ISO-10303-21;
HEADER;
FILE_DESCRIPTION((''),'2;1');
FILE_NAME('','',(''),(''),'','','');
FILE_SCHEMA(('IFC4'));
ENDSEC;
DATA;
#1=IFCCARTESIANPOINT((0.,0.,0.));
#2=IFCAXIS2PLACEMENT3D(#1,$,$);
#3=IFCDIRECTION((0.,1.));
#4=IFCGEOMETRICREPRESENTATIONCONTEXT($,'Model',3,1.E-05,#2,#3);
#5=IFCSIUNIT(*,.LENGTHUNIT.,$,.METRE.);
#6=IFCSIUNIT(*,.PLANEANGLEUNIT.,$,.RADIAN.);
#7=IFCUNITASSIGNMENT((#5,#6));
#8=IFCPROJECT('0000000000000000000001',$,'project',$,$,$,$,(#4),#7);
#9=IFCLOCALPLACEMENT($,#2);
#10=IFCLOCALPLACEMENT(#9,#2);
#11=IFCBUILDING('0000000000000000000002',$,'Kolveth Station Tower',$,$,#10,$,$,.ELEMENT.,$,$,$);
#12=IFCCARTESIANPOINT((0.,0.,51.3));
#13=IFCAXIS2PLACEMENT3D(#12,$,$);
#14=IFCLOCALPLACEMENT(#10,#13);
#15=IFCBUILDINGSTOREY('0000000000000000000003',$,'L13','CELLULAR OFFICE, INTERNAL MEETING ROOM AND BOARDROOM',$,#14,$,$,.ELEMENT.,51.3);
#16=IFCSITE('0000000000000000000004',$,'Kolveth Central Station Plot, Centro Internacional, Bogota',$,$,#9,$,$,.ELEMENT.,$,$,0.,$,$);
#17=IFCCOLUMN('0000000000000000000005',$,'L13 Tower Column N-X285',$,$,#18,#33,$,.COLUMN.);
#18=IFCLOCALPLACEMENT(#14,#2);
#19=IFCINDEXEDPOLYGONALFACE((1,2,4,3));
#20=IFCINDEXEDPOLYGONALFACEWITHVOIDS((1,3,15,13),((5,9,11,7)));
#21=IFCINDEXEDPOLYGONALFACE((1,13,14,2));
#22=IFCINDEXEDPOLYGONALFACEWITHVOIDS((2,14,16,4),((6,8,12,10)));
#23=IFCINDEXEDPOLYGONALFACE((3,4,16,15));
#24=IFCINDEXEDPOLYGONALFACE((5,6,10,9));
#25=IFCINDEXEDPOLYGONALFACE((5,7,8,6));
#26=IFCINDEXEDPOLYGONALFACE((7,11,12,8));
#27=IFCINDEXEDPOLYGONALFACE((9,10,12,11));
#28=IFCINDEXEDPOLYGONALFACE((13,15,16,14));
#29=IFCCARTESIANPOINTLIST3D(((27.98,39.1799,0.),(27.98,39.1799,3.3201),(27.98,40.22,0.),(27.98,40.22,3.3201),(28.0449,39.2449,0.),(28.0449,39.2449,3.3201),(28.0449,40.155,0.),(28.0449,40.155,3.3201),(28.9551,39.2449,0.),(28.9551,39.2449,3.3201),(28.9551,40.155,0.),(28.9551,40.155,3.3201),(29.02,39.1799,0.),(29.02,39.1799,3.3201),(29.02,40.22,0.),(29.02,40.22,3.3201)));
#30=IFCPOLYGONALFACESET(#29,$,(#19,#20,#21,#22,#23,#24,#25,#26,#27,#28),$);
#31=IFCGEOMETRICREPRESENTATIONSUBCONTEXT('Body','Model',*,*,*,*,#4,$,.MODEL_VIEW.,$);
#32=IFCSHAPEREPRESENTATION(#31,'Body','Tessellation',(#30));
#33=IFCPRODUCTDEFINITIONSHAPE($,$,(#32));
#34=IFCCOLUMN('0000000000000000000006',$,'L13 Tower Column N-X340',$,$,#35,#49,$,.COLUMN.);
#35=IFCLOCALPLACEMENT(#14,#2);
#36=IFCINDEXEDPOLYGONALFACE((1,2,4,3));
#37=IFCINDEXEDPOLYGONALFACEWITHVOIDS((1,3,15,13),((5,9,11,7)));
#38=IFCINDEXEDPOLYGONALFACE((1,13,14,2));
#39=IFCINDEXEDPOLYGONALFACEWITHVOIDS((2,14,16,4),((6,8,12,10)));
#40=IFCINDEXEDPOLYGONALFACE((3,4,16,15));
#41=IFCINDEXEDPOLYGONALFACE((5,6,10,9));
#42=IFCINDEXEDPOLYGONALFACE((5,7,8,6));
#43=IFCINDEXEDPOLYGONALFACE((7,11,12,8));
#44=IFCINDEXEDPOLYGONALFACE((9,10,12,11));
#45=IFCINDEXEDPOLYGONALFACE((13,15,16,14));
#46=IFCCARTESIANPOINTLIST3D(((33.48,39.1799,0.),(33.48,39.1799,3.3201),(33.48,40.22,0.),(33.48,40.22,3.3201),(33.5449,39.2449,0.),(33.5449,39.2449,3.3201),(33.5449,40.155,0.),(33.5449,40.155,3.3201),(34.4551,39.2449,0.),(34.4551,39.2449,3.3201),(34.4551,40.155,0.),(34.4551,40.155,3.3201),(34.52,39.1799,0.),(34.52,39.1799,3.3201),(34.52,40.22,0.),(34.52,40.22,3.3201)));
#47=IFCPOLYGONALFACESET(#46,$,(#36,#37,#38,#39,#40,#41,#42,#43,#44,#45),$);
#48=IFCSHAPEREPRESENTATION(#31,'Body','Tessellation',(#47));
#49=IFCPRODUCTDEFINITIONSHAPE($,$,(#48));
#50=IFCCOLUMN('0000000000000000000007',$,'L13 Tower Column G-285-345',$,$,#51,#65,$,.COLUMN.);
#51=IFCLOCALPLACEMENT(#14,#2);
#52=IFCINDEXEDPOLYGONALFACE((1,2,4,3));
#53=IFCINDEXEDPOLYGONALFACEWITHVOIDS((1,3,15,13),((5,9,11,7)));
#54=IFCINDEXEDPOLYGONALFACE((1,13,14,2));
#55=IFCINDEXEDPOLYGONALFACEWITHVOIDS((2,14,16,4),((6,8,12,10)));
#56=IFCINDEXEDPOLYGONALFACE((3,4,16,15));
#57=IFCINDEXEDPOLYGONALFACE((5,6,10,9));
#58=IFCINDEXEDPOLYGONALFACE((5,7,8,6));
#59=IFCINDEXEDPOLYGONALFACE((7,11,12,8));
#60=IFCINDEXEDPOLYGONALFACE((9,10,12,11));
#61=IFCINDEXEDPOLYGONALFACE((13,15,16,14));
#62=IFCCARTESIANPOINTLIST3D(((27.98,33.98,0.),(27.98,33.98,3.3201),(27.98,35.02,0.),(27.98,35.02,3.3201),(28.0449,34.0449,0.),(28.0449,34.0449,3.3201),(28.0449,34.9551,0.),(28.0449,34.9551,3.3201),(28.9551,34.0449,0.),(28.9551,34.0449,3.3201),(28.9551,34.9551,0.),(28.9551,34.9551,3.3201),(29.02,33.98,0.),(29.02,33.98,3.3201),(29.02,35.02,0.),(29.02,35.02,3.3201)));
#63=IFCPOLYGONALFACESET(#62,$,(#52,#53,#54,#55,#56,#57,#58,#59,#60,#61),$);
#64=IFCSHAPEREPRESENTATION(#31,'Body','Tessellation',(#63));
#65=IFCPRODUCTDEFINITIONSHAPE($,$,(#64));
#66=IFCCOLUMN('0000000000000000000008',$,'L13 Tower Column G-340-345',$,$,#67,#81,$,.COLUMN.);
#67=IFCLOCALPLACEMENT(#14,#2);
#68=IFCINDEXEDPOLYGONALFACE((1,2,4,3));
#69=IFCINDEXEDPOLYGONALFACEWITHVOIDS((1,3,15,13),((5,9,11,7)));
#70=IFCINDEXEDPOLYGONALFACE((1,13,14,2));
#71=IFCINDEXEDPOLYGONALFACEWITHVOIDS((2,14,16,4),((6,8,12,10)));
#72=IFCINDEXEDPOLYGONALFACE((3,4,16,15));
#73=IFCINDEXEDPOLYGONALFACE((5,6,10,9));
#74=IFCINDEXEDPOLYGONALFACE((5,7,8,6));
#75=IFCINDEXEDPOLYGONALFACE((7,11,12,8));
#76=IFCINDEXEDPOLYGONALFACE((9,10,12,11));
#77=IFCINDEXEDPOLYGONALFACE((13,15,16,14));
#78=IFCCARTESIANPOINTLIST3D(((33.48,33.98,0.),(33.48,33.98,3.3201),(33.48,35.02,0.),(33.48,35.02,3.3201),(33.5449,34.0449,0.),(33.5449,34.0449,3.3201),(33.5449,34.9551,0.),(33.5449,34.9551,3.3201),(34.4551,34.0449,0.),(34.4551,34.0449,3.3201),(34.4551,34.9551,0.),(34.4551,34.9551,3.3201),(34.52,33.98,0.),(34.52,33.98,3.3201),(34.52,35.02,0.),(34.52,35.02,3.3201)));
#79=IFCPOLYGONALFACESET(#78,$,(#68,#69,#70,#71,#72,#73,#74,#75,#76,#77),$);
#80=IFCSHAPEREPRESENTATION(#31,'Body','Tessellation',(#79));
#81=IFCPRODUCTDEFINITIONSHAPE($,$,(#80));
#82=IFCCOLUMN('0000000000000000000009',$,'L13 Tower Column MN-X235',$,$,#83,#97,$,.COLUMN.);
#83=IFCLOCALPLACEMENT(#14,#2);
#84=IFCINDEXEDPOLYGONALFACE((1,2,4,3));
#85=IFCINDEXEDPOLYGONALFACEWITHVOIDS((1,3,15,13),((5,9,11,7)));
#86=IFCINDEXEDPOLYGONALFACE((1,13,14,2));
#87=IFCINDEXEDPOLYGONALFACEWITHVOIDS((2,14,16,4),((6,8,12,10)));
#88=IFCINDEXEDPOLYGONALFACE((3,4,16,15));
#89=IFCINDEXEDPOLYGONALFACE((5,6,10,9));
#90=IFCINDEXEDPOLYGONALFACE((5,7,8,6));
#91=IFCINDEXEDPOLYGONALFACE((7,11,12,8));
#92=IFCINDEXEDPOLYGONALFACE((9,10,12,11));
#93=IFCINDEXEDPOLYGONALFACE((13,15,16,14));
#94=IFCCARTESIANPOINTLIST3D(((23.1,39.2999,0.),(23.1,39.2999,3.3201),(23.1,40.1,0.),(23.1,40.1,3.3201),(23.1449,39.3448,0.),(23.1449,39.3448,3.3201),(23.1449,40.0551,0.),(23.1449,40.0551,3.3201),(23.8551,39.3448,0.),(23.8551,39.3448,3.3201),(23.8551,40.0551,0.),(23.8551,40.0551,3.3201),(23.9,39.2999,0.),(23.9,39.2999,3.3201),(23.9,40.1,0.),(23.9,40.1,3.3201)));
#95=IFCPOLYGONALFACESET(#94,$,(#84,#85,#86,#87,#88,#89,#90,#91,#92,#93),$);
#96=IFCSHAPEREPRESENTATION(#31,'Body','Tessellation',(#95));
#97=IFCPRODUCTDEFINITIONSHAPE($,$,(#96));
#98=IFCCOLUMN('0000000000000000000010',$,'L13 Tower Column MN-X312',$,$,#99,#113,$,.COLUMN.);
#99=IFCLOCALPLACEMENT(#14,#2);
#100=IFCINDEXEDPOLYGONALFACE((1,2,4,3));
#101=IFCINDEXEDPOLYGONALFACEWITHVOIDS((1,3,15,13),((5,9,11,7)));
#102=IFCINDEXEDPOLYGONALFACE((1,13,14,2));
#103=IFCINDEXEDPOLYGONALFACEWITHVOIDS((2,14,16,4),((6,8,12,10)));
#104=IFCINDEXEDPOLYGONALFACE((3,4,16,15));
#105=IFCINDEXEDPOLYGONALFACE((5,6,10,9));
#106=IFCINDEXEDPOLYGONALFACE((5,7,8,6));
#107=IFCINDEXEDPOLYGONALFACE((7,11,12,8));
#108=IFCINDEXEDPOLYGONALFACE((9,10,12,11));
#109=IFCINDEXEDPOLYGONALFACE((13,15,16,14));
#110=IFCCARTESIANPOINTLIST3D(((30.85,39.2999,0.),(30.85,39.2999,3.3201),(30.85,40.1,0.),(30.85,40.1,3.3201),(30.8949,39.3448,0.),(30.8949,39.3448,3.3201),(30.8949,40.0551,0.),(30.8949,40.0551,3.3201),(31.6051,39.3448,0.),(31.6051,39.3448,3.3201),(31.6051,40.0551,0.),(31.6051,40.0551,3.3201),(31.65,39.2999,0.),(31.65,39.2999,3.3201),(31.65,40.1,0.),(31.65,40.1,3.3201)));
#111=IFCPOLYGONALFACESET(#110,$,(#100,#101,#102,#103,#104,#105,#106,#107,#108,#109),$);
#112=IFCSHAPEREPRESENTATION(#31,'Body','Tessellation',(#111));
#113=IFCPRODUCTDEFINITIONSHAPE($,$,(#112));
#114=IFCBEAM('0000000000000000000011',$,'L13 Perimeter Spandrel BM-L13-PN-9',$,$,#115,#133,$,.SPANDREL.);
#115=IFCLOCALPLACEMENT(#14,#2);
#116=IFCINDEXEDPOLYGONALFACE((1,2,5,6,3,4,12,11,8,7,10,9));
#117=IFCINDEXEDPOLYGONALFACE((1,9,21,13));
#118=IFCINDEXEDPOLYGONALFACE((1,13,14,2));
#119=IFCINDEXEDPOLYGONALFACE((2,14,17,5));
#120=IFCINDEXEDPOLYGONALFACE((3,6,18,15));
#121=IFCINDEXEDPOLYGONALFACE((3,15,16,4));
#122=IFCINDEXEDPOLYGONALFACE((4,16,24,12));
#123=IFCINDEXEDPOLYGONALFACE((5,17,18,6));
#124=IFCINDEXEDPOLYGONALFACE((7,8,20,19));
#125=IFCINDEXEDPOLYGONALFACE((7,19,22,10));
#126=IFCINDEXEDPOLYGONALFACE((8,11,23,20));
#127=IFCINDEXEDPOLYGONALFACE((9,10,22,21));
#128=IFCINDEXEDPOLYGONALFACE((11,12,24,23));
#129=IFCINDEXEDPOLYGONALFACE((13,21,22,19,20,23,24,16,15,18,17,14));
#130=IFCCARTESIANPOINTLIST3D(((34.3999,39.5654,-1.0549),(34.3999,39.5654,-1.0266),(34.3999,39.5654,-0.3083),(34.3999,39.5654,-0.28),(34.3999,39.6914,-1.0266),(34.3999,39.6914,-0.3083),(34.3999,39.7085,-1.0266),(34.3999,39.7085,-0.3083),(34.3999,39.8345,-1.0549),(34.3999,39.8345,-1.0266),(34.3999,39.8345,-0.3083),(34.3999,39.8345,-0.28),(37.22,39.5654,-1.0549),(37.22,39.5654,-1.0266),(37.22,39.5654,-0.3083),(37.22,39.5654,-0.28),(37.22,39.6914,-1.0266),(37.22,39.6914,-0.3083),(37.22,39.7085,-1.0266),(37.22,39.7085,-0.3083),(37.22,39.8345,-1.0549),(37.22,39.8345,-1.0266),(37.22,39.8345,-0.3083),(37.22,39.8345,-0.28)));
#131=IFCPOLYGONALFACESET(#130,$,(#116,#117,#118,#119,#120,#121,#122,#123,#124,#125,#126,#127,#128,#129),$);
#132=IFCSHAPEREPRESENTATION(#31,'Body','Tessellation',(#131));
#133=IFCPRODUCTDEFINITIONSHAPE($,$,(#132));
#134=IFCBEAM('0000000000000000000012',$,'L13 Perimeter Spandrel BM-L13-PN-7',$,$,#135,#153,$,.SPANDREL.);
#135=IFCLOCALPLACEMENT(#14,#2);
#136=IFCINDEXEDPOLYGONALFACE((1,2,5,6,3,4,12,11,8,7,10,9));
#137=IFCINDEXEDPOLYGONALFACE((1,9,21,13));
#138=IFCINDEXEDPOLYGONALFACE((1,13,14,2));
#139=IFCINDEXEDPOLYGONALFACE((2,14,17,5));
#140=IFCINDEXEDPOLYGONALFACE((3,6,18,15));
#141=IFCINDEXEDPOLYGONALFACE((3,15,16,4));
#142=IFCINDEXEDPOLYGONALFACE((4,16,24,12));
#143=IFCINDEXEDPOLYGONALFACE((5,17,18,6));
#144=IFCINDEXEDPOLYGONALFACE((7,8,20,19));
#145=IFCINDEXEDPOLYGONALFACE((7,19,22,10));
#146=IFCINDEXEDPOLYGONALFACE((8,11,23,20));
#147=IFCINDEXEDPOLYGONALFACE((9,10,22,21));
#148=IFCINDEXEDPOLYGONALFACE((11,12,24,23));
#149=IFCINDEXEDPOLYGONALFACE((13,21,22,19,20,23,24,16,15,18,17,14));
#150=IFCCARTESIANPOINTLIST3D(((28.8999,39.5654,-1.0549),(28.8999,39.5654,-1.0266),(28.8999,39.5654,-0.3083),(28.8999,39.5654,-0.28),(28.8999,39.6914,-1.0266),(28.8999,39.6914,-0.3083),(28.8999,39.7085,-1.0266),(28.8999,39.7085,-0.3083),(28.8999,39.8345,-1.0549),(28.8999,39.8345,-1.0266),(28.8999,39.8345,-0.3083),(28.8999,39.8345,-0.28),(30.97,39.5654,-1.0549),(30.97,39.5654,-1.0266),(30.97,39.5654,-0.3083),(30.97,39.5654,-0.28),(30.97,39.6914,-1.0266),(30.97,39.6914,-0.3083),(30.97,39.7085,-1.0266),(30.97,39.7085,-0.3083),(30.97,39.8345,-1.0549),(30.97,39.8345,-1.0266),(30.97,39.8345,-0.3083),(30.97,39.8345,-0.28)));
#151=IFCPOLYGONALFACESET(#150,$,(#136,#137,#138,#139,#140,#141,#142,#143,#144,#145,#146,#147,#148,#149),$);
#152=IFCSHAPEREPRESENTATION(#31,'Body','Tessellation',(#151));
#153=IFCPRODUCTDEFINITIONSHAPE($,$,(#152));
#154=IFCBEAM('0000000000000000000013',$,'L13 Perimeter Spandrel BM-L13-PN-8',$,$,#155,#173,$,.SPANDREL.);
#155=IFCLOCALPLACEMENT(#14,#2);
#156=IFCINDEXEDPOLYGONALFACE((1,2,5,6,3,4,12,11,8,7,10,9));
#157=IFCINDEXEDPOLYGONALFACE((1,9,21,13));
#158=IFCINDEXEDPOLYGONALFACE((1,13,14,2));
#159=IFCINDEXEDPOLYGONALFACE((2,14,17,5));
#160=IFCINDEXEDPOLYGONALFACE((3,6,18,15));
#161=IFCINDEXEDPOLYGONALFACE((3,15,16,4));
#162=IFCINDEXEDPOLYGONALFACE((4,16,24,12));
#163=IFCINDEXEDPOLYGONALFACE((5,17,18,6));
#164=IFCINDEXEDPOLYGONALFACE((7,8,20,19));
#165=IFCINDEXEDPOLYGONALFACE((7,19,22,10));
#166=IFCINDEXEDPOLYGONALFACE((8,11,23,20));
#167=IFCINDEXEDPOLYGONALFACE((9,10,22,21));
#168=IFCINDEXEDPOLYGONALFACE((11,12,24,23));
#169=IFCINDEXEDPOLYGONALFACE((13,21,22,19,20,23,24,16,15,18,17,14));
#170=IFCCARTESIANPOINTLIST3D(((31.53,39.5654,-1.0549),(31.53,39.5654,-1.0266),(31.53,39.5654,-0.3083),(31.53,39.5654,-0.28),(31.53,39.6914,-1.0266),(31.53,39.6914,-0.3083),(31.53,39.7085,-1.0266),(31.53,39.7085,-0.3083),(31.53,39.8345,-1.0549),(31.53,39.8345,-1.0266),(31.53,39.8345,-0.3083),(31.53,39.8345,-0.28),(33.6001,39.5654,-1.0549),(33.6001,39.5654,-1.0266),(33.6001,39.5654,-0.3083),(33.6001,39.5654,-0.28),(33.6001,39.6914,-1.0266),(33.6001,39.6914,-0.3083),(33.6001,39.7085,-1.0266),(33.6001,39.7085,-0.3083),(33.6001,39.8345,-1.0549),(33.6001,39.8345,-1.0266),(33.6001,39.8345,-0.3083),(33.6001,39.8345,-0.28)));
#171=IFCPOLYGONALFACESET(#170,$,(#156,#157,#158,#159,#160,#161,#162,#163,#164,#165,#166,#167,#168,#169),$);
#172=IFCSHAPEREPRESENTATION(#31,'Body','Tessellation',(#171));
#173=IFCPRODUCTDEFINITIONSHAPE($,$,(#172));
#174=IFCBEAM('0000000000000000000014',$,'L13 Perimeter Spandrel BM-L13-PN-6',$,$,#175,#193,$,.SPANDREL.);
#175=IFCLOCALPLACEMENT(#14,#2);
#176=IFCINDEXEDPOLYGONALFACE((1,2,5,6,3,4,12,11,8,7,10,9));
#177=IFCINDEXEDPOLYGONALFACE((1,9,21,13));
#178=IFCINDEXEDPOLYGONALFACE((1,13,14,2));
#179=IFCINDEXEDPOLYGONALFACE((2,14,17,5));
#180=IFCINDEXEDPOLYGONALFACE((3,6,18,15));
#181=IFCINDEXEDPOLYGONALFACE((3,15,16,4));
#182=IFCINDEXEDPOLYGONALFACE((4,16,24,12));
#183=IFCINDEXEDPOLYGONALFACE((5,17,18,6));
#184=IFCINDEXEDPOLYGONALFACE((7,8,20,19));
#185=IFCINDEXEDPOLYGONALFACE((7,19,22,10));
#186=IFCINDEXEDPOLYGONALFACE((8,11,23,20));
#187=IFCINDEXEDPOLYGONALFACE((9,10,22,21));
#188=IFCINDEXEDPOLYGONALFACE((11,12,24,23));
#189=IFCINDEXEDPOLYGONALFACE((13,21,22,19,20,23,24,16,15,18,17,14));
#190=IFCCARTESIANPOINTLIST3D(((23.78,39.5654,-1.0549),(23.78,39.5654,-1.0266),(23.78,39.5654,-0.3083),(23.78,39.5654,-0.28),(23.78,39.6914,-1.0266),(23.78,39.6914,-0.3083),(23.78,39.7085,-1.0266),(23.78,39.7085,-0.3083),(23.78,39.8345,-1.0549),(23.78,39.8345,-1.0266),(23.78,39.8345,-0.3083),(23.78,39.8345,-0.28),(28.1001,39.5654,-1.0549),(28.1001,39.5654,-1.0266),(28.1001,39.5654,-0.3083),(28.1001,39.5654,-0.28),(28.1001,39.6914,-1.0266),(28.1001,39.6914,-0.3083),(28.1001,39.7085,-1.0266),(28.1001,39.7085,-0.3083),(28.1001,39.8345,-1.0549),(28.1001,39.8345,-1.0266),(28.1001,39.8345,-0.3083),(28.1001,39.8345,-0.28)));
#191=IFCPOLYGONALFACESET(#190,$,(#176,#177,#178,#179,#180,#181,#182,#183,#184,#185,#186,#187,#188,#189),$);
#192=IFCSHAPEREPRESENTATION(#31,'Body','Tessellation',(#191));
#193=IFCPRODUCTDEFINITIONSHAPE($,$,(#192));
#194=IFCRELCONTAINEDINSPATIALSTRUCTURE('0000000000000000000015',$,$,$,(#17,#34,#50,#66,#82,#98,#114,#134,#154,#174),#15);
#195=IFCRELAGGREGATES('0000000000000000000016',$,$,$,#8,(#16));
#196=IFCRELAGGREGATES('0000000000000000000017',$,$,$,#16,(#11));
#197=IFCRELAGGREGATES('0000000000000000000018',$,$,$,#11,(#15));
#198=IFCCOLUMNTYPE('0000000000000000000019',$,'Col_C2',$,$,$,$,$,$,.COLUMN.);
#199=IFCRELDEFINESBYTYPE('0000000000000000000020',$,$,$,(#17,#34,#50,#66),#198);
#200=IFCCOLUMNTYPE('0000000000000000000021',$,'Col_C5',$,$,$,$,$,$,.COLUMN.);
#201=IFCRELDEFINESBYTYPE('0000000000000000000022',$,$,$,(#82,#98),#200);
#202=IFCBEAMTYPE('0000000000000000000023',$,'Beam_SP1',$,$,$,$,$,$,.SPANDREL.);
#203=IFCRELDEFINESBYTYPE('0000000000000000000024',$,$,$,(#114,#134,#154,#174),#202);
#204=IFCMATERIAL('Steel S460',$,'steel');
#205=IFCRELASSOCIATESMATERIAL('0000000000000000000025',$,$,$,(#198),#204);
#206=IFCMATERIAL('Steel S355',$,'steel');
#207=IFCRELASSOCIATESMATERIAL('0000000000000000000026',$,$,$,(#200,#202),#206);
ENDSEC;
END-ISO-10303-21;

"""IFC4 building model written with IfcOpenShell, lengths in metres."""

from ifc_helpers import new_model, si_unit, direction, frame, origin, origin_2d, place, context, subcontext, project, spatial, hollow_rectangle, i_section, extrude, source, transform, mapped, material, material_profile, profile_set, type_object, element, save


model = new_model("IFC4")

# Units and contexts
model_context = context("Model", 3, precision=1e-05, world=origin(), true_north=direction((0.0, 1.0)))
body_context = subcontext(model_context, "Body", "Model", "MODEL_VIEW")
ifc_project = project(units=[si_unit("LENGTHUNIT", "METRE"), si_unit("PLANEANGLEUNIT", "RADIAN")], contexts=[model_context])

# Site, building, storey
site_placement = place(None, origin())
site = spatial("IfcSite", under=ifc_project, at=site_placement, Name="Kolveth Central Station Plot, Centro Internacional, Bogota", CompositionType="ELEMENT", RefElevation=0.0)
building_placement = place(site_placement, origin())
building = spatial("IfcBuilding", under=site, at=building_placement, Name="Kolveth Station Tower", CompositionType="ELEMENT")
storey_placement = place(building_placement, frame((0.0, 0.0, 51.3)))
storey = spatial("IfcBuildingStorey", under=building, at=storey_placement, Name="L13", Description="CELLULAR OFFICE, INTERNAL MEETING ROOM AND BOARDROOM", CompositionType="ELEMENT", Elevation=51.3)

# Columns
ifc_material_1 = material(Name="Steel S460", Category="steel")
ifc_material_profile_1 = material_profile(ifc_material_1, hollow_rectangle(XDim=1.04, YDim=1.04, WallThickness=0.0649, at=origin_2d()), Name="BOX1040x1040x65")
ifc_profile_set_1 = profile_set([ifc_material_profile_1], Name="Steel S460")
column_type_1 = type_object("IfcColumnType", Name="Col_C2", PredefinedType="COLUMN", material=ifc_profile_set_1)
shared_shape_1 = source(origin(), body_context, "Body", "SweptSolid", [
    extrude(hollow_rectangle(XDim=1.04, YDim=1.04, WallThickness=0.0649, at=origin_2d()), origin(), (0.0, 0.0, 1.0), 3.3201),
])
for number, where, z_axis, x_axis, name in (
    (1, (28.5, 39.7, 0.0), (0.0, 0.0, 1.0), (1.0, 0.0, 0.0), "L13 Tower Column N-X285"),
    (2, (34.0, 39.7, 0.0), (0.0, 0.0, 1.0), (1.0, 0.0, 0.0), "L13 Tower Column N-X340"),
    (3, (28.5, 34.5, 0.0), (0.0, 0.0, 1.0), (1.0, 0.0, 0.0), "L13 Tower Column G-285-345"),
    (4, (34.0, 34.5, 0.0), (0.0, 0.0, 1.0), (1.0, 0.0, 0.0), "L13 Tower Column G-340-345"),
):
    element("IfcColumn", number, at=place(storey_placement, frame(where, z_axis=z_axis, x_axis=x_axis)), inside=storey, type_object=column_type_1, Name=name, PredefinedType="COLUMN", context=body_context, shape_type="MappedRepresentation", body=[
        mapped(shared_shape_1, transform((0.0, 0.0, 0.0), x_axis=(1.0, 0.0, 0.0), y_axis=(0.0, 1.0, 0.0), z_axis=(0.0, 0.0, 1.0), scale=1.0)),
    ])
ifc_material_2 = material(Name="Steel S355", Category="steel")
ifc_material_profile_2 = material_profile(ifc_material_2, hollow_rectangle(XDim=0.8, YDim=0.8, WallThickness=0.0449, at=origin_2d()), Name="BOX800x800x45")
ifc_profile_set_2 = profile_set([ifc_material_profile_2], Name="Steel S355")
column_type_2 = type_object("IfcColumnType", Name="Col_C5", PredefinedType="COLUMN", material=ifc_profile_set_2)
shared_shape_2 = source(origin(), body_context, "Body", "SweptSolid", [
    extrude(hollow_rectangle(XDim=0.8, YDim=0.8, WallThickness=0.0449, at=origin_2d()), origin(), (0.0, 0.0, 1.0), 3.3201),
])
for number, where, z_axis, x_axis, name in (
    (5, (23.5, 39.7, 0.0), (0.0, 0.0, 1.0), (1.0, 0.0, 0.0), "L13 Tower Column MN-X235"),
    (6, (31.25, 39.7, 0.0), (0.0, 0.0, 1.0), (1.0, 0.0, 0.0), "L13 Tower Column MN-X312"),
):
    element("IfcColumn", number, at=place(storey_placement, frame(where, z_axis=z_axis, x_axis=x_axis)), inside=storey, type_object=column_type_2, Name=name, PredefinedType="COLUMN", context=body_context, shape_type="MappedRepresentation", body=[
        mapped(shared_shape_2, transform((0.0, 0.0, 0.0), x_axis=(1.0, 0.0, 0.0), y_axis=(0.0, 1.0, 0.0), z_axis=(0.0, 0.0, 1.0), scale=1.0)),
    ])

# Beams
ifc_material_profile_3 = material_profile(ifc_material_2, i_section(OverallWidth=0.269, OverallDepth=0.7749, WebThickness=0.0171, FlangeThickness=0.0283, at=origin_2d()), Name="W760x220")
ifc_profile_set_3 = profile_set([ifc_material_profile_3], Name="Steel S355")
beam_type_1 = type_object("IfcBeamType", Name="Beam_SP1", PredefinedType="SPANDREL", material=ifc_profile_set_3)
shared_shape_3 = source(origin(), body_context, "Body", "SweptSolid", [
    extrude(i_section(OverallWidth=0.269, OverallDepth=0.7749, WebThickness=0.0171, FlangeThickness=0.0283, at=origin_2d()), origin(), (0.0, 0.0, 1.0), 2.8201),
])
beam_1_placement = place(storey_placement, frame((34.3999, 39.7, -0.6675), z_axis=(1.0, 0.0, 0.0), x_axis=(0.0, 1.0, 0.0)))
element("IfcBeam", 7, at=beam_1_placement, inside=storey, type_object=beam_type_1, Name="L13 Perimeter Spandrel BM-L13-PN-9", PredefinedType="SPANDREL", context=body_context, shape_type="MappedRepresentation", body=[
    mapped(shared_shape_3, transform((0.0, 0.0, 0.0), x_axis=(1.0, 0.0, 0.0), y_axis=(0.0, 1.0, 0.0), z_axis=(0.0, 0.0, 1.0), scale=1.0)),
])
shared_shape_4 = source(origin(), body_context, "Body", "SweptSolid", [
    extrude(i_section(OverallWidth=0.269, OverallDepth=0.7749, WebThickness=0.0171, FlangeThickness=0.0283, at=origin_2d()), origin(), (0.0, 0.0, 1.0), 2.0701),
])
for number, where, z_axis, x_axis, name in (
    (8, (28.8999, 39.7, -0.6675), (1.0, 0.0, 0.0), (0.0, 1.0, 0.0), "L13 Perimeter Spandrel BM-L13-PN-7"),
    (9, (31.53, 39.7, -0.6675), (1.0, 0.0, 0.0), (0.0, 1.0, 0.0), "L13 Perimeter Spandrel BM-L13-PN-8"),
):
    element("IfcBeam", number, at=place(storey_placement, frame(where, z_axis=z_axis, x_axis=x_axis)), inside=storey, type_object=beam_type_1, Name=name, PredefinedType="SPANDREL", context=body_context, shape_type="MappedRepresentation", body=[
        mapped(shared_shape_4, transform((0.0, 0.0, 0.0), x_axis=(1.0, 0.0, 0.0), y_axis=(0.0, 1.0, 0.0), z_axis=(0.0, 0.0, 1.0), scale=1.0)),
    ])
shared_shape_5 = source(origin(), body_context, "Body", "SweptSolid", [
    extrude(i_section(OverallWidth=0.269, OverallDepth=0.7749, WebThickness=0.0171, FlangeThickness=0.0283, at=origin_2d()), origin(), (0.0, 0.0, 1.0), 4.3201),
])
beam_2_placement = place(storey_placement, frame((23.78, 39.7, -0.6675), z_axis=(1.0, 0.0, 0.0), x_axis=(0.0, 1.0, 0.0)))
element("IfcBeam", 10, at=beam_2_placement, inside=storey, type_object=beam_type_1, Name="L13 Perimeter Spandrel BM-L13-PN-6", PredefinedType="SPANDREL", context=body_context, shape_type="MappedRepresentation", body=[
    mapped(shared_shape_5, transform((0.0, 0.0, 0.0), x_axis=(1.0, 0.0, 0.0), y_axis=(0.0, 1.0, 0.0), z_axis=(0.0, 0.0, 1.0), scale=1.0)),
])

save(model, "model.ifc")
